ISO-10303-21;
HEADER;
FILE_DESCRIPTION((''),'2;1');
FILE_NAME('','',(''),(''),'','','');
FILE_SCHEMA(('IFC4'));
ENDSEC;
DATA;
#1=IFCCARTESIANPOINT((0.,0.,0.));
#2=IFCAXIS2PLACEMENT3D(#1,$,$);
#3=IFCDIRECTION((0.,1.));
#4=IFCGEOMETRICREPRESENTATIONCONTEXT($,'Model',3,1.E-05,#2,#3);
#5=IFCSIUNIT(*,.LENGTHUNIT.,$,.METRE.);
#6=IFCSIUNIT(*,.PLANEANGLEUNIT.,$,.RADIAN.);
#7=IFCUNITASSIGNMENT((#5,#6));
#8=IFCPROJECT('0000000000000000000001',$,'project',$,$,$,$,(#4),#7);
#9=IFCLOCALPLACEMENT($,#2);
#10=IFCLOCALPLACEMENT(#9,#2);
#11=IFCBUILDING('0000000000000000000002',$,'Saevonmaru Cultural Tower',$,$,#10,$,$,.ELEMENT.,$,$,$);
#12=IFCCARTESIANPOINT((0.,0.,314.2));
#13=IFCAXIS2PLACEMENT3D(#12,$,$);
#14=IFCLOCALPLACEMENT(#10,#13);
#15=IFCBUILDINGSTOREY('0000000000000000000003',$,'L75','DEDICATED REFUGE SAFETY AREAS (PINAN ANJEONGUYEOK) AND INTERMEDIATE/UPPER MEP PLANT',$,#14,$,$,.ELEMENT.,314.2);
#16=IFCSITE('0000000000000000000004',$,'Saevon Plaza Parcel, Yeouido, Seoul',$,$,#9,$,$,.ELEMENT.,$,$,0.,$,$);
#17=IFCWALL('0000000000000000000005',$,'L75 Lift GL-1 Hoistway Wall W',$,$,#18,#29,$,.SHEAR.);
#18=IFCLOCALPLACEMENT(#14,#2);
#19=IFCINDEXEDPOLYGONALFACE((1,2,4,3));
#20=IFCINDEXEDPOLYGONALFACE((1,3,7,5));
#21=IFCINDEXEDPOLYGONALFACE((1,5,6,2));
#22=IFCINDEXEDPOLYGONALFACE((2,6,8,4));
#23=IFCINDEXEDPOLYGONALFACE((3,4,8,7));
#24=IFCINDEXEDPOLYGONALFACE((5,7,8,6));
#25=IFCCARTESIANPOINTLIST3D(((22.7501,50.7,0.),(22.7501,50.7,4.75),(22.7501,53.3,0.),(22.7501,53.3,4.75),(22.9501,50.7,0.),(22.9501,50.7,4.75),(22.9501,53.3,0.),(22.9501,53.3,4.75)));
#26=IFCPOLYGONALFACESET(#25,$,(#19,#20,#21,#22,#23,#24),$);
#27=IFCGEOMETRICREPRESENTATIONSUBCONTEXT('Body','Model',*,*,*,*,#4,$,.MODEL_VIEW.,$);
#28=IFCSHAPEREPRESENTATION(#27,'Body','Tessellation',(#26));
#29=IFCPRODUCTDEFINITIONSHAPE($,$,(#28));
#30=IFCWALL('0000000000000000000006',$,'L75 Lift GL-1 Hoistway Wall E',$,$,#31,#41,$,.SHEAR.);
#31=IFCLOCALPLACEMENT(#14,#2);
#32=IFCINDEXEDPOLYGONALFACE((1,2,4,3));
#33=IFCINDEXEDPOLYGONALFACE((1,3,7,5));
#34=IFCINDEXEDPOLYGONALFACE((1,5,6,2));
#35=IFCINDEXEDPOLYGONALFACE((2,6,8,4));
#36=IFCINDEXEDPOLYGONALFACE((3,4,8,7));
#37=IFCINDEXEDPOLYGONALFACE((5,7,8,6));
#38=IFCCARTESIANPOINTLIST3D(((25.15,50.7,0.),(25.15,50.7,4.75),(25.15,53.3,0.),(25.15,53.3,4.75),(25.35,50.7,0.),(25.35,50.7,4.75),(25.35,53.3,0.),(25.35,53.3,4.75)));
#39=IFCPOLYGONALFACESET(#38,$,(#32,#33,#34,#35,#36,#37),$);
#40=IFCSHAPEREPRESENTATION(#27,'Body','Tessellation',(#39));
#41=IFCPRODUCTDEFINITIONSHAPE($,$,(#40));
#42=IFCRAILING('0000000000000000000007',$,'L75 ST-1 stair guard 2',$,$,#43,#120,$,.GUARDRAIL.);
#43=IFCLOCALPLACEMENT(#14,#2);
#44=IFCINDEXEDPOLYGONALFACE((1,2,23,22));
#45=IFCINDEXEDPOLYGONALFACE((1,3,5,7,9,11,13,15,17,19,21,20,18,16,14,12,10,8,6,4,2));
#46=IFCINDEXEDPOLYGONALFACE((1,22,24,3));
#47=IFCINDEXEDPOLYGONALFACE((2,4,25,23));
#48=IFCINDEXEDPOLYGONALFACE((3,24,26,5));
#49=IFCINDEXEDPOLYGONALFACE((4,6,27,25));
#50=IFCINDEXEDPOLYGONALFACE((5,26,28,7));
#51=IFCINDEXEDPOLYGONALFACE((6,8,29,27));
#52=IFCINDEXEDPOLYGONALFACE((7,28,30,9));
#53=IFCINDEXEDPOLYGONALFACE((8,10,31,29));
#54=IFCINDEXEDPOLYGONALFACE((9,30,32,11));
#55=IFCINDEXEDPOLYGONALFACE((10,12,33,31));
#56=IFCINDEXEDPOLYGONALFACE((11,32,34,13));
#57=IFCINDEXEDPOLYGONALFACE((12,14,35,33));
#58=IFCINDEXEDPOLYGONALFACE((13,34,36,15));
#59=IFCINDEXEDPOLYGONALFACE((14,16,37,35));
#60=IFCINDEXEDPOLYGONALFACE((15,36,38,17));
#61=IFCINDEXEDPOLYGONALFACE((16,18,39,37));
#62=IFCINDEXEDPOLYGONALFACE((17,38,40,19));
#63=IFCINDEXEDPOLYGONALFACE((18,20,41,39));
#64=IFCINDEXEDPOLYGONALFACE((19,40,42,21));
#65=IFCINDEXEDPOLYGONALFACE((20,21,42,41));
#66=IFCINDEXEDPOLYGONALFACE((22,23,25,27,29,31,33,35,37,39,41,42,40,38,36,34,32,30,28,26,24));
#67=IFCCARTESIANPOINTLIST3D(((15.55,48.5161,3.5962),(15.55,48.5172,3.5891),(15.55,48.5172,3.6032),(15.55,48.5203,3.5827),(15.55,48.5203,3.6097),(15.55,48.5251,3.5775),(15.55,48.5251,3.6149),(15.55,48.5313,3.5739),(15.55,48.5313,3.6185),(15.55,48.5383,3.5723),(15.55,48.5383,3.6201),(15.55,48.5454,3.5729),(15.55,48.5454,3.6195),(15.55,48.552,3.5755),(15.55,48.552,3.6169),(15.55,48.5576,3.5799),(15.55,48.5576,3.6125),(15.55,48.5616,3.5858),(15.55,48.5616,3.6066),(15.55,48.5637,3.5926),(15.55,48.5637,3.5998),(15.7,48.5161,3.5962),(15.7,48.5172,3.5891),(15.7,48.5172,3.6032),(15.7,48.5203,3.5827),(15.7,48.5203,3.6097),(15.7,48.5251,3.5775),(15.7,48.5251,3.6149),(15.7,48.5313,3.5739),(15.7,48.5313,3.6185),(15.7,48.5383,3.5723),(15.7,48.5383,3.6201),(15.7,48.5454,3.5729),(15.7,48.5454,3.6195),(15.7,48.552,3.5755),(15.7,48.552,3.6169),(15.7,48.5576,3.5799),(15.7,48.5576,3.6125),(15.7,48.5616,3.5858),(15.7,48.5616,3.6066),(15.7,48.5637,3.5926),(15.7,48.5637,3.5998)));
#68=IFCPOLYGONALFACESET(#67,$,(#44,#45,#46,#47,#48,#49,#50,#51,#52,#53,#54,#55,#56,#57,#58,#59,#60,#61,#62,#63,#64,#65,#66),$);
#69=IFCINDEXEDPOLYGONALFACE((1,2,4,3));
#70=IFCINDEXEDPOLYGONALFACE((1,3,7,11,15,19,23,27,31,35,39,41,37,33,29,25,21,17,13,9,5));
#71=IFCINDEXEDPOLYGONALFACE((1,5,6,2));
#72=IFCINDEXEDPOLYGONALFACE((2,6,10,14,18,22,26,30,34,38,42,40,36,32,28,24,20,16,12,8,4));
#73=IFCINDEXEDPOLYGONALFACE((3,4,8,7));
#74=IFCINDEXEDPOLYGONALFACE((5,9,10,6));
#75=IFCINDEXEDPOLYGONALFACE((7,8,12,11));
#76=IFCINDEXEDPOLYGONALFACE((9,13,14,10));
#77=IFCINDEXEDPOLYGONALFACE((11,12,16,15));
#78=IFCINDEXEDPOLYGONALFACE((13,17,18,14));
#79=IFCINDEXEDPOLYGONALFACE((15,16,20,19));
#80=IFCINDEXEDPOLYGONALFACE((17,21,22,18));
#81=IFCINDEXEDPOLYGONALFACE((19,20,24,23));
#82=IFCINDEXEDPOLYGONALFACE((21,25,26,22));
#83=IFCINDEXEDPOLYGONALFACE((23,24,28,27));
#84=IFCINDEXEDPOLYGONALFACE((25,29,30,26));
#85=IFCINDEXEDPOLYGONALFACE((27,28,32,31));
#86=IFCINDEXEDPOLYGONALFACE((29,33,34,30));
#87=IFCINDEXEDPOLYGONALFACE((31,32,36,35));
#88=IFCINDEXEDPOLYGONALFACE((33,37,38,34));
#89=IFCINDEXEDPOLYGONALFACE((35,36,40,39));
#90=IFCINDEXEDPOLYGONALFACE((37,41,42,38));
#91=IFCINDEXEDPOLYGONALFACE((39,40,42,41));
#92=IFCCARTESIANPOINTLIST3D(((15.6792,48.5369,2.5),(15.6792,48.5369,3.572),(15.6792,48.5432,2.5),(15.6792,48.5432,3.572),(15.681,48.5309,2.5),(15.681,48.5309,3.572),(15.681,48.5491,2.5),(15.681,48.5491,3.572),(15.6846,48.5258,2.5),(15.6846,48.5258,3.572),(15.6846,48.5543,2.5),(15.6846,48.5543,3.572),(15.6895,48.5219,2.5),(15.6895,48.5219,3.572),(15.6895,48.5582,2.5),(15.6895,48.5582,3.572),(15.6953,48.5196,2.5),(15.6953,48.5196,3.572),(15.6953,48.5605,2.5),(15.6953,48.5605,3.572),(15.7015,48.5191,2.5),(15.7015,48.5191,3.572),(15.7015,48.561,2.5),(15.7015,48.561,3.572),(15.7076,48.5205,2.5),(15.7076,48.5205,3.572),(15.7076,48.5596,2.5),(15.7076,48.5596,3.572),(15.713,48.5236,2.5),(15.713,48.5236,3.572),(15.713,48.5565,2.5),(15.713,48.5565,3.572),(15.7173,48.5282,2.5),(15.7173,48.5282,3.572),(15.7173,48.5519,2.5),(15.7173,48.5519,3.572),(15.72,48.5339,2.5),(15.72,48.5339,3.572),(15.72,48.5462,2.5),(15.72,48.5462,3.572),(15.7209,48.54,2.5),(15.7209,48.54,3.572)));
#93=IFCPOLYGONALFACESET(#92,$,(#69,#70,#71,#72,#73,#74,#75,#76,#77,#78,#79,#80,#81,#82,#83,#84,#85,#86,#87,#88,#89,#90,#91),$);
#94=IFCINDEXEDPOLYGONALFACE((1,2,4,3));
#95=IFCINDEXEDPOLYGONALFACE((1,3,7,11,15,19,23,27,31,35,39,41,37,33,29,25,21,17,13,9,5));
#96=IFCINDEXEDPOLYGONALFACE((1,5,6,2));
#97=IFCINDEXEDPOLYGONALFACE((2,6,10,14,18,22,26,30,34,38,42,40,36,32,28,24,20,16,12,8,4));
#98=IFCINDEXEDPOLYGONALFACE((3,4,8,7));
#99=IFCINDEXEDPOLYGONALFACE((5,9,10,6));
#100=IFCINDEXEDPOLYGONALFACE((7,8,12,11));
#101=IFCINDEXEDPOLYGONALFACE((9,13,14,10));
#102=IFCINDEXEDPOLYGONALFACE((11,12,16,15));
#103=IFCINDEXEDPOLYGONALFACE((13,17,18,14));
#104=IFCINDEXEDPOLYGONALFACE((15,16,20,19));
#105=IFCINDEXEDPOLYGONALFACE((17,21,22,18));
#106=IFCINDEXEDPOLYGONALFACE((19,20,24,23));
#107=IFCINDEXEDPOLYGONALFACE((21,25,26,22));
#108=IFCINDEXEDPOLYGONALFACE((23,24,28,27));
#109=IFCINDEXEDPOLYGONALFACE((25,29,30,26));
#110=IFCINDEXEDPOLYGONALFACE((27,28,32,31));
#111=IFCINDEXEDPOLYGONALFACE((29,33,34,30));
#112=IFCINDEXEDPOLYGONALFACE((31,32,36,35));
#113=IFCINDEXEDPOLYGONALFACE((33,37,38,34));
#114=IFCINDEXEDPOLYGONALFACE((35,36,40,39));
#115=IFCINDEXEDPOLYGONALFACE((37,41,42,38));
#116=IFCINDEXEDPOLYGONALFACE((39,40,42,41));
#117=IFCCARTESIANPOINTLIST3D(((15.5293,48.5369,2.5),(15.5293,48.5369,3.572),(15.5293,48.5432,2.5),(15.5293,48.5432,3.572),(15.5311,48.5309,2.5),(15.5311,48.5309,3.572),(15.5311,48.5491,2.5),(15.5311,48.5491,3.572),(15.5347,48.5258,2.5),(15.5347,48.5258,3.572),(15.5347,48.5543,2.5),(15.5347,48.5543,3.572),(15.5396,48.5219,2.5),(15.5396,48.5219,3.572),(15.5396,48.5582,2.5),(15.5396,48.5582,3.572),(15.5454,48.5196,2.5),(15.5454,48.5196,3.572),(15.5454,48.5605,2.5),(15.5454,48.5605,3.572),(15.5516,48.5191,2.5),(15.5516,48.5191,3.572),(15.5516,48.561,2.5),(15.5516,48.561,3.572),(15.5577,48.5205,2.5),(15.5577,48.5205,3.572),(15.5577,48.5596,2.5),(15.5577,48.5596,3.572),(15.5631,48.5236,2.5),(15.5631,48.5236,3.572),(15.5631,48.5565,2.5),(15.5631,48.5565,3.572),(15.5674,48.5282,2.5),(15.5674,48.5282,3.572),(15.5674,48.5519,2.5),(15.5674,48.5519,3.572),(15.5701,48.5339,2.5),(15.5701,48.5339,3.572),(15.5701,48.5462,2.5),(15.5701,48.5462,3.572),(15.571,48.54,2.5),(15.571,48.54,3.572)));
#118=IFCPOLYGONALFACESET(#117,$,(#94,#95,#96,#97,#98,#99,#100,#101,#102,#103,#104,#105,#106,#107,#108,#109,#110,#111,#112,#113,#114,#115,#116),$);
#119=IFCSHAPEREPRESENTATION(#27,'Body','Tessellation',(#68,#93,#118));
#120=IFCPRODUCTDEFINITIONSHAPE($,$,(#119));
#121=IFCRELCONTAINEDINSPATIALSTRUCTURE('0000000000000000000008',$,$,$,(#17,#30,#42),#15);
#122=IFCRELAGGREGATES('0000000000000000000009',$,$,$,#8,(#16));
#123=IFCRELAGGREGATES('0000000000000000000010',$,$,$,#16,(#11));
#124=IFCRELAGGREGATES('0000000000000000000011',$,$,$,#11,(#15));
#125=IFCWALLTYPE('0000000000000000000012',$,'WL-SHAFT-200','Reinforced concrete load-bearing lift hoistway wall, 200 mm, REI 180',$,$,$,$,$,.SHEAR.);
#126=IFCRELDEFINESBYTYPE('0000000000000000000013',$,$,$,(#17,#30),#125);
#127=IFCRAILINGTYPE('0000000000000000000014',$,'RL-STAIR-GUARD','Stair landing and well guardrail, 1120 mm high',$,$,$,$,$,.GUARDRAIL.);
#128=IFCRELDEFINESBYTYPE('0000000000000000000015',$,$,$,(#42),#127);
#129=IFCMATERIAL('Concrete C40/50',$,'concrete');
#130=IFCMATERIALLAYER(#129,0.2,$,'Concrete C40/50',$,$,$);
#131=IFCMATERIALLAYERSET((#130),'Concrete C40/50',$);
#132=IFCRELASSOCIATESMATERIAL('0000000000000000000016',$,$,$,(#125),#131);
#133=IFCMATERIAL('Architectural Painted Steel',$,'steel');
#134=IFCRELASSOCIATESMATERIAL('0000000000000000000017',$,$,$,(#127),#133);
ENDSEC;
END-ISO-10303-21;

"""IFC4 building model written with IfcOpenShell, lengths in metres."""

from ifc_helpers import new_model, si_unit, direction, frame, frame_2d, origin, origin_2d, place, context, subcontext, project, spatial, rectangle, circle, extrude, material, layer, layer_set, type_object, element, save


model = new_model("IFC4")

# Units and contexts
model_context = context("Model", 3, precision=1e-05, world=origin(), true_north=direction((0.0, 1.0)))
body_context = subcontext(model_context, "Body", "Model", "MODEL_VIEW")
ifc_project = project(units=[si_unit("LENGTHUNIT", "METRE"), si_unit("PLANEANGLEUNIT", "RADIAN")], contexts=[model_context])

# Site, building, storey
site_placement = place(None, origin())
site = spatial("IfcSite", under=ifc_project, at=site_placement, Name="Saevon Plaza Parcel, Yeouido, Seoul", CompositionType="ELEMENT", RefElevation=0.0)
building_placement = place(site_placement, origin())
building = spatial("IfcBuilding", under=site, at=building_placement, Name="Saevonmaru Cultural Tower", CompositionType="ELEMENT")
storey_placement = place(building_placement, frame((0.0, 0.0, 314.2)))
storey = spatial("IfcBuildingStorey", under=building, at=storey_placement, Name="L75", Description="DEDICATED REFUGE SAFETY AREAS (PINAN ANJEONGUYEOK) AND INTERMEDIATE/UPPER MEP PLANT", CompositionType="ELEMENT", Elevation=314.2)

# Shared definitions
ifc_material_1 = material(Name="Concrete C40/50", Category="concrete")
ifc_layer_1 = layer(ifc_material_1, 0.2, Name="Concrete C40/50")
ifc_layer_set_1 = layer_set([ifc_layer_1], Name="Concrete C40/50")
wall_type_1 = type_object("IfcWallType", Name="WL-SHAFT-200", Description="Reinforced concrete load-bearing lift hoistway wall, 200 mm, REI 180", PredefinedType="SHEAR", material=ifc_layer_set_1)

# Walls
for number, where, z_axis, x_axis, name in (
    (1, (22.8501, 50.7, 0.0), (0.0, 0.0, 1.0), (0.0, 1.0, 0.0), "L75 Lift GL-1 Hoistway Wall W"),
    (2, (25.25, 50.7, 0.0), (0.0, 0.0, 1.0), (0.0, 1.0, 0.0), "L75 Lift GL-1 Hoistway Wall E"),
):
    element("IfcWall", number, at=place(storey_placement, frame(where, z_axis=z_axis, x_axis=x_axis)), inside=storey, type_object=wall_type_1, Name=name, PredefinedType="SHEAR", context=body_context, shape_type="SweptSolid", body=[
        extrude(rectangle(XDim=2.6001, YDim=0.2, at=frame_2d((1.3, 0.0))), origin(), (0.0, 0.0, 1.0), 4.75),
    ])

# Railing
ifc_material_2 = material(Name="Architectural Painted Steel", Category="steel")
railing_type = type_object("IfcRailingType", Name="RL-STAIR-GUARD", Description="Stair landing and well guardrail, 1120 mm high", PredefinedType="GUARDRAIL", material=ifc_material_2)
railing_placement = place(storey_placement, frame((15.7, 48.54, 2.5)))
element("IfcRailing", 3, at=railing_placement, inside=storey, type_object=railing_type, Name="L75 ST-1 stair guard 2", PredefinedType="GUARDRAIL", context=body_context, shape_type="SweptSolid", body=[
    extrude(circle(Radius=0.0239, at=origin_2d()), frame((0.0, 0.0, 1.0962), z_axis=(-1.0, 0.0, 0.0), x_axis=(0.0, -1.0, 0.0)), (0.0, 0.0, 1.0), 0.1499),
    extrude(circle(Radius=0.021, at=origin_2d()), origin(), (0.0, 0.0, 1.0), 1.072),
    extrude(circle(Radius=0.021, at=origin_2d()), frame((-0.1499, 0.0, 0.0)), (0.0, 0.0, 1.0), 1.072),
])

save(model, "model.ifc")
